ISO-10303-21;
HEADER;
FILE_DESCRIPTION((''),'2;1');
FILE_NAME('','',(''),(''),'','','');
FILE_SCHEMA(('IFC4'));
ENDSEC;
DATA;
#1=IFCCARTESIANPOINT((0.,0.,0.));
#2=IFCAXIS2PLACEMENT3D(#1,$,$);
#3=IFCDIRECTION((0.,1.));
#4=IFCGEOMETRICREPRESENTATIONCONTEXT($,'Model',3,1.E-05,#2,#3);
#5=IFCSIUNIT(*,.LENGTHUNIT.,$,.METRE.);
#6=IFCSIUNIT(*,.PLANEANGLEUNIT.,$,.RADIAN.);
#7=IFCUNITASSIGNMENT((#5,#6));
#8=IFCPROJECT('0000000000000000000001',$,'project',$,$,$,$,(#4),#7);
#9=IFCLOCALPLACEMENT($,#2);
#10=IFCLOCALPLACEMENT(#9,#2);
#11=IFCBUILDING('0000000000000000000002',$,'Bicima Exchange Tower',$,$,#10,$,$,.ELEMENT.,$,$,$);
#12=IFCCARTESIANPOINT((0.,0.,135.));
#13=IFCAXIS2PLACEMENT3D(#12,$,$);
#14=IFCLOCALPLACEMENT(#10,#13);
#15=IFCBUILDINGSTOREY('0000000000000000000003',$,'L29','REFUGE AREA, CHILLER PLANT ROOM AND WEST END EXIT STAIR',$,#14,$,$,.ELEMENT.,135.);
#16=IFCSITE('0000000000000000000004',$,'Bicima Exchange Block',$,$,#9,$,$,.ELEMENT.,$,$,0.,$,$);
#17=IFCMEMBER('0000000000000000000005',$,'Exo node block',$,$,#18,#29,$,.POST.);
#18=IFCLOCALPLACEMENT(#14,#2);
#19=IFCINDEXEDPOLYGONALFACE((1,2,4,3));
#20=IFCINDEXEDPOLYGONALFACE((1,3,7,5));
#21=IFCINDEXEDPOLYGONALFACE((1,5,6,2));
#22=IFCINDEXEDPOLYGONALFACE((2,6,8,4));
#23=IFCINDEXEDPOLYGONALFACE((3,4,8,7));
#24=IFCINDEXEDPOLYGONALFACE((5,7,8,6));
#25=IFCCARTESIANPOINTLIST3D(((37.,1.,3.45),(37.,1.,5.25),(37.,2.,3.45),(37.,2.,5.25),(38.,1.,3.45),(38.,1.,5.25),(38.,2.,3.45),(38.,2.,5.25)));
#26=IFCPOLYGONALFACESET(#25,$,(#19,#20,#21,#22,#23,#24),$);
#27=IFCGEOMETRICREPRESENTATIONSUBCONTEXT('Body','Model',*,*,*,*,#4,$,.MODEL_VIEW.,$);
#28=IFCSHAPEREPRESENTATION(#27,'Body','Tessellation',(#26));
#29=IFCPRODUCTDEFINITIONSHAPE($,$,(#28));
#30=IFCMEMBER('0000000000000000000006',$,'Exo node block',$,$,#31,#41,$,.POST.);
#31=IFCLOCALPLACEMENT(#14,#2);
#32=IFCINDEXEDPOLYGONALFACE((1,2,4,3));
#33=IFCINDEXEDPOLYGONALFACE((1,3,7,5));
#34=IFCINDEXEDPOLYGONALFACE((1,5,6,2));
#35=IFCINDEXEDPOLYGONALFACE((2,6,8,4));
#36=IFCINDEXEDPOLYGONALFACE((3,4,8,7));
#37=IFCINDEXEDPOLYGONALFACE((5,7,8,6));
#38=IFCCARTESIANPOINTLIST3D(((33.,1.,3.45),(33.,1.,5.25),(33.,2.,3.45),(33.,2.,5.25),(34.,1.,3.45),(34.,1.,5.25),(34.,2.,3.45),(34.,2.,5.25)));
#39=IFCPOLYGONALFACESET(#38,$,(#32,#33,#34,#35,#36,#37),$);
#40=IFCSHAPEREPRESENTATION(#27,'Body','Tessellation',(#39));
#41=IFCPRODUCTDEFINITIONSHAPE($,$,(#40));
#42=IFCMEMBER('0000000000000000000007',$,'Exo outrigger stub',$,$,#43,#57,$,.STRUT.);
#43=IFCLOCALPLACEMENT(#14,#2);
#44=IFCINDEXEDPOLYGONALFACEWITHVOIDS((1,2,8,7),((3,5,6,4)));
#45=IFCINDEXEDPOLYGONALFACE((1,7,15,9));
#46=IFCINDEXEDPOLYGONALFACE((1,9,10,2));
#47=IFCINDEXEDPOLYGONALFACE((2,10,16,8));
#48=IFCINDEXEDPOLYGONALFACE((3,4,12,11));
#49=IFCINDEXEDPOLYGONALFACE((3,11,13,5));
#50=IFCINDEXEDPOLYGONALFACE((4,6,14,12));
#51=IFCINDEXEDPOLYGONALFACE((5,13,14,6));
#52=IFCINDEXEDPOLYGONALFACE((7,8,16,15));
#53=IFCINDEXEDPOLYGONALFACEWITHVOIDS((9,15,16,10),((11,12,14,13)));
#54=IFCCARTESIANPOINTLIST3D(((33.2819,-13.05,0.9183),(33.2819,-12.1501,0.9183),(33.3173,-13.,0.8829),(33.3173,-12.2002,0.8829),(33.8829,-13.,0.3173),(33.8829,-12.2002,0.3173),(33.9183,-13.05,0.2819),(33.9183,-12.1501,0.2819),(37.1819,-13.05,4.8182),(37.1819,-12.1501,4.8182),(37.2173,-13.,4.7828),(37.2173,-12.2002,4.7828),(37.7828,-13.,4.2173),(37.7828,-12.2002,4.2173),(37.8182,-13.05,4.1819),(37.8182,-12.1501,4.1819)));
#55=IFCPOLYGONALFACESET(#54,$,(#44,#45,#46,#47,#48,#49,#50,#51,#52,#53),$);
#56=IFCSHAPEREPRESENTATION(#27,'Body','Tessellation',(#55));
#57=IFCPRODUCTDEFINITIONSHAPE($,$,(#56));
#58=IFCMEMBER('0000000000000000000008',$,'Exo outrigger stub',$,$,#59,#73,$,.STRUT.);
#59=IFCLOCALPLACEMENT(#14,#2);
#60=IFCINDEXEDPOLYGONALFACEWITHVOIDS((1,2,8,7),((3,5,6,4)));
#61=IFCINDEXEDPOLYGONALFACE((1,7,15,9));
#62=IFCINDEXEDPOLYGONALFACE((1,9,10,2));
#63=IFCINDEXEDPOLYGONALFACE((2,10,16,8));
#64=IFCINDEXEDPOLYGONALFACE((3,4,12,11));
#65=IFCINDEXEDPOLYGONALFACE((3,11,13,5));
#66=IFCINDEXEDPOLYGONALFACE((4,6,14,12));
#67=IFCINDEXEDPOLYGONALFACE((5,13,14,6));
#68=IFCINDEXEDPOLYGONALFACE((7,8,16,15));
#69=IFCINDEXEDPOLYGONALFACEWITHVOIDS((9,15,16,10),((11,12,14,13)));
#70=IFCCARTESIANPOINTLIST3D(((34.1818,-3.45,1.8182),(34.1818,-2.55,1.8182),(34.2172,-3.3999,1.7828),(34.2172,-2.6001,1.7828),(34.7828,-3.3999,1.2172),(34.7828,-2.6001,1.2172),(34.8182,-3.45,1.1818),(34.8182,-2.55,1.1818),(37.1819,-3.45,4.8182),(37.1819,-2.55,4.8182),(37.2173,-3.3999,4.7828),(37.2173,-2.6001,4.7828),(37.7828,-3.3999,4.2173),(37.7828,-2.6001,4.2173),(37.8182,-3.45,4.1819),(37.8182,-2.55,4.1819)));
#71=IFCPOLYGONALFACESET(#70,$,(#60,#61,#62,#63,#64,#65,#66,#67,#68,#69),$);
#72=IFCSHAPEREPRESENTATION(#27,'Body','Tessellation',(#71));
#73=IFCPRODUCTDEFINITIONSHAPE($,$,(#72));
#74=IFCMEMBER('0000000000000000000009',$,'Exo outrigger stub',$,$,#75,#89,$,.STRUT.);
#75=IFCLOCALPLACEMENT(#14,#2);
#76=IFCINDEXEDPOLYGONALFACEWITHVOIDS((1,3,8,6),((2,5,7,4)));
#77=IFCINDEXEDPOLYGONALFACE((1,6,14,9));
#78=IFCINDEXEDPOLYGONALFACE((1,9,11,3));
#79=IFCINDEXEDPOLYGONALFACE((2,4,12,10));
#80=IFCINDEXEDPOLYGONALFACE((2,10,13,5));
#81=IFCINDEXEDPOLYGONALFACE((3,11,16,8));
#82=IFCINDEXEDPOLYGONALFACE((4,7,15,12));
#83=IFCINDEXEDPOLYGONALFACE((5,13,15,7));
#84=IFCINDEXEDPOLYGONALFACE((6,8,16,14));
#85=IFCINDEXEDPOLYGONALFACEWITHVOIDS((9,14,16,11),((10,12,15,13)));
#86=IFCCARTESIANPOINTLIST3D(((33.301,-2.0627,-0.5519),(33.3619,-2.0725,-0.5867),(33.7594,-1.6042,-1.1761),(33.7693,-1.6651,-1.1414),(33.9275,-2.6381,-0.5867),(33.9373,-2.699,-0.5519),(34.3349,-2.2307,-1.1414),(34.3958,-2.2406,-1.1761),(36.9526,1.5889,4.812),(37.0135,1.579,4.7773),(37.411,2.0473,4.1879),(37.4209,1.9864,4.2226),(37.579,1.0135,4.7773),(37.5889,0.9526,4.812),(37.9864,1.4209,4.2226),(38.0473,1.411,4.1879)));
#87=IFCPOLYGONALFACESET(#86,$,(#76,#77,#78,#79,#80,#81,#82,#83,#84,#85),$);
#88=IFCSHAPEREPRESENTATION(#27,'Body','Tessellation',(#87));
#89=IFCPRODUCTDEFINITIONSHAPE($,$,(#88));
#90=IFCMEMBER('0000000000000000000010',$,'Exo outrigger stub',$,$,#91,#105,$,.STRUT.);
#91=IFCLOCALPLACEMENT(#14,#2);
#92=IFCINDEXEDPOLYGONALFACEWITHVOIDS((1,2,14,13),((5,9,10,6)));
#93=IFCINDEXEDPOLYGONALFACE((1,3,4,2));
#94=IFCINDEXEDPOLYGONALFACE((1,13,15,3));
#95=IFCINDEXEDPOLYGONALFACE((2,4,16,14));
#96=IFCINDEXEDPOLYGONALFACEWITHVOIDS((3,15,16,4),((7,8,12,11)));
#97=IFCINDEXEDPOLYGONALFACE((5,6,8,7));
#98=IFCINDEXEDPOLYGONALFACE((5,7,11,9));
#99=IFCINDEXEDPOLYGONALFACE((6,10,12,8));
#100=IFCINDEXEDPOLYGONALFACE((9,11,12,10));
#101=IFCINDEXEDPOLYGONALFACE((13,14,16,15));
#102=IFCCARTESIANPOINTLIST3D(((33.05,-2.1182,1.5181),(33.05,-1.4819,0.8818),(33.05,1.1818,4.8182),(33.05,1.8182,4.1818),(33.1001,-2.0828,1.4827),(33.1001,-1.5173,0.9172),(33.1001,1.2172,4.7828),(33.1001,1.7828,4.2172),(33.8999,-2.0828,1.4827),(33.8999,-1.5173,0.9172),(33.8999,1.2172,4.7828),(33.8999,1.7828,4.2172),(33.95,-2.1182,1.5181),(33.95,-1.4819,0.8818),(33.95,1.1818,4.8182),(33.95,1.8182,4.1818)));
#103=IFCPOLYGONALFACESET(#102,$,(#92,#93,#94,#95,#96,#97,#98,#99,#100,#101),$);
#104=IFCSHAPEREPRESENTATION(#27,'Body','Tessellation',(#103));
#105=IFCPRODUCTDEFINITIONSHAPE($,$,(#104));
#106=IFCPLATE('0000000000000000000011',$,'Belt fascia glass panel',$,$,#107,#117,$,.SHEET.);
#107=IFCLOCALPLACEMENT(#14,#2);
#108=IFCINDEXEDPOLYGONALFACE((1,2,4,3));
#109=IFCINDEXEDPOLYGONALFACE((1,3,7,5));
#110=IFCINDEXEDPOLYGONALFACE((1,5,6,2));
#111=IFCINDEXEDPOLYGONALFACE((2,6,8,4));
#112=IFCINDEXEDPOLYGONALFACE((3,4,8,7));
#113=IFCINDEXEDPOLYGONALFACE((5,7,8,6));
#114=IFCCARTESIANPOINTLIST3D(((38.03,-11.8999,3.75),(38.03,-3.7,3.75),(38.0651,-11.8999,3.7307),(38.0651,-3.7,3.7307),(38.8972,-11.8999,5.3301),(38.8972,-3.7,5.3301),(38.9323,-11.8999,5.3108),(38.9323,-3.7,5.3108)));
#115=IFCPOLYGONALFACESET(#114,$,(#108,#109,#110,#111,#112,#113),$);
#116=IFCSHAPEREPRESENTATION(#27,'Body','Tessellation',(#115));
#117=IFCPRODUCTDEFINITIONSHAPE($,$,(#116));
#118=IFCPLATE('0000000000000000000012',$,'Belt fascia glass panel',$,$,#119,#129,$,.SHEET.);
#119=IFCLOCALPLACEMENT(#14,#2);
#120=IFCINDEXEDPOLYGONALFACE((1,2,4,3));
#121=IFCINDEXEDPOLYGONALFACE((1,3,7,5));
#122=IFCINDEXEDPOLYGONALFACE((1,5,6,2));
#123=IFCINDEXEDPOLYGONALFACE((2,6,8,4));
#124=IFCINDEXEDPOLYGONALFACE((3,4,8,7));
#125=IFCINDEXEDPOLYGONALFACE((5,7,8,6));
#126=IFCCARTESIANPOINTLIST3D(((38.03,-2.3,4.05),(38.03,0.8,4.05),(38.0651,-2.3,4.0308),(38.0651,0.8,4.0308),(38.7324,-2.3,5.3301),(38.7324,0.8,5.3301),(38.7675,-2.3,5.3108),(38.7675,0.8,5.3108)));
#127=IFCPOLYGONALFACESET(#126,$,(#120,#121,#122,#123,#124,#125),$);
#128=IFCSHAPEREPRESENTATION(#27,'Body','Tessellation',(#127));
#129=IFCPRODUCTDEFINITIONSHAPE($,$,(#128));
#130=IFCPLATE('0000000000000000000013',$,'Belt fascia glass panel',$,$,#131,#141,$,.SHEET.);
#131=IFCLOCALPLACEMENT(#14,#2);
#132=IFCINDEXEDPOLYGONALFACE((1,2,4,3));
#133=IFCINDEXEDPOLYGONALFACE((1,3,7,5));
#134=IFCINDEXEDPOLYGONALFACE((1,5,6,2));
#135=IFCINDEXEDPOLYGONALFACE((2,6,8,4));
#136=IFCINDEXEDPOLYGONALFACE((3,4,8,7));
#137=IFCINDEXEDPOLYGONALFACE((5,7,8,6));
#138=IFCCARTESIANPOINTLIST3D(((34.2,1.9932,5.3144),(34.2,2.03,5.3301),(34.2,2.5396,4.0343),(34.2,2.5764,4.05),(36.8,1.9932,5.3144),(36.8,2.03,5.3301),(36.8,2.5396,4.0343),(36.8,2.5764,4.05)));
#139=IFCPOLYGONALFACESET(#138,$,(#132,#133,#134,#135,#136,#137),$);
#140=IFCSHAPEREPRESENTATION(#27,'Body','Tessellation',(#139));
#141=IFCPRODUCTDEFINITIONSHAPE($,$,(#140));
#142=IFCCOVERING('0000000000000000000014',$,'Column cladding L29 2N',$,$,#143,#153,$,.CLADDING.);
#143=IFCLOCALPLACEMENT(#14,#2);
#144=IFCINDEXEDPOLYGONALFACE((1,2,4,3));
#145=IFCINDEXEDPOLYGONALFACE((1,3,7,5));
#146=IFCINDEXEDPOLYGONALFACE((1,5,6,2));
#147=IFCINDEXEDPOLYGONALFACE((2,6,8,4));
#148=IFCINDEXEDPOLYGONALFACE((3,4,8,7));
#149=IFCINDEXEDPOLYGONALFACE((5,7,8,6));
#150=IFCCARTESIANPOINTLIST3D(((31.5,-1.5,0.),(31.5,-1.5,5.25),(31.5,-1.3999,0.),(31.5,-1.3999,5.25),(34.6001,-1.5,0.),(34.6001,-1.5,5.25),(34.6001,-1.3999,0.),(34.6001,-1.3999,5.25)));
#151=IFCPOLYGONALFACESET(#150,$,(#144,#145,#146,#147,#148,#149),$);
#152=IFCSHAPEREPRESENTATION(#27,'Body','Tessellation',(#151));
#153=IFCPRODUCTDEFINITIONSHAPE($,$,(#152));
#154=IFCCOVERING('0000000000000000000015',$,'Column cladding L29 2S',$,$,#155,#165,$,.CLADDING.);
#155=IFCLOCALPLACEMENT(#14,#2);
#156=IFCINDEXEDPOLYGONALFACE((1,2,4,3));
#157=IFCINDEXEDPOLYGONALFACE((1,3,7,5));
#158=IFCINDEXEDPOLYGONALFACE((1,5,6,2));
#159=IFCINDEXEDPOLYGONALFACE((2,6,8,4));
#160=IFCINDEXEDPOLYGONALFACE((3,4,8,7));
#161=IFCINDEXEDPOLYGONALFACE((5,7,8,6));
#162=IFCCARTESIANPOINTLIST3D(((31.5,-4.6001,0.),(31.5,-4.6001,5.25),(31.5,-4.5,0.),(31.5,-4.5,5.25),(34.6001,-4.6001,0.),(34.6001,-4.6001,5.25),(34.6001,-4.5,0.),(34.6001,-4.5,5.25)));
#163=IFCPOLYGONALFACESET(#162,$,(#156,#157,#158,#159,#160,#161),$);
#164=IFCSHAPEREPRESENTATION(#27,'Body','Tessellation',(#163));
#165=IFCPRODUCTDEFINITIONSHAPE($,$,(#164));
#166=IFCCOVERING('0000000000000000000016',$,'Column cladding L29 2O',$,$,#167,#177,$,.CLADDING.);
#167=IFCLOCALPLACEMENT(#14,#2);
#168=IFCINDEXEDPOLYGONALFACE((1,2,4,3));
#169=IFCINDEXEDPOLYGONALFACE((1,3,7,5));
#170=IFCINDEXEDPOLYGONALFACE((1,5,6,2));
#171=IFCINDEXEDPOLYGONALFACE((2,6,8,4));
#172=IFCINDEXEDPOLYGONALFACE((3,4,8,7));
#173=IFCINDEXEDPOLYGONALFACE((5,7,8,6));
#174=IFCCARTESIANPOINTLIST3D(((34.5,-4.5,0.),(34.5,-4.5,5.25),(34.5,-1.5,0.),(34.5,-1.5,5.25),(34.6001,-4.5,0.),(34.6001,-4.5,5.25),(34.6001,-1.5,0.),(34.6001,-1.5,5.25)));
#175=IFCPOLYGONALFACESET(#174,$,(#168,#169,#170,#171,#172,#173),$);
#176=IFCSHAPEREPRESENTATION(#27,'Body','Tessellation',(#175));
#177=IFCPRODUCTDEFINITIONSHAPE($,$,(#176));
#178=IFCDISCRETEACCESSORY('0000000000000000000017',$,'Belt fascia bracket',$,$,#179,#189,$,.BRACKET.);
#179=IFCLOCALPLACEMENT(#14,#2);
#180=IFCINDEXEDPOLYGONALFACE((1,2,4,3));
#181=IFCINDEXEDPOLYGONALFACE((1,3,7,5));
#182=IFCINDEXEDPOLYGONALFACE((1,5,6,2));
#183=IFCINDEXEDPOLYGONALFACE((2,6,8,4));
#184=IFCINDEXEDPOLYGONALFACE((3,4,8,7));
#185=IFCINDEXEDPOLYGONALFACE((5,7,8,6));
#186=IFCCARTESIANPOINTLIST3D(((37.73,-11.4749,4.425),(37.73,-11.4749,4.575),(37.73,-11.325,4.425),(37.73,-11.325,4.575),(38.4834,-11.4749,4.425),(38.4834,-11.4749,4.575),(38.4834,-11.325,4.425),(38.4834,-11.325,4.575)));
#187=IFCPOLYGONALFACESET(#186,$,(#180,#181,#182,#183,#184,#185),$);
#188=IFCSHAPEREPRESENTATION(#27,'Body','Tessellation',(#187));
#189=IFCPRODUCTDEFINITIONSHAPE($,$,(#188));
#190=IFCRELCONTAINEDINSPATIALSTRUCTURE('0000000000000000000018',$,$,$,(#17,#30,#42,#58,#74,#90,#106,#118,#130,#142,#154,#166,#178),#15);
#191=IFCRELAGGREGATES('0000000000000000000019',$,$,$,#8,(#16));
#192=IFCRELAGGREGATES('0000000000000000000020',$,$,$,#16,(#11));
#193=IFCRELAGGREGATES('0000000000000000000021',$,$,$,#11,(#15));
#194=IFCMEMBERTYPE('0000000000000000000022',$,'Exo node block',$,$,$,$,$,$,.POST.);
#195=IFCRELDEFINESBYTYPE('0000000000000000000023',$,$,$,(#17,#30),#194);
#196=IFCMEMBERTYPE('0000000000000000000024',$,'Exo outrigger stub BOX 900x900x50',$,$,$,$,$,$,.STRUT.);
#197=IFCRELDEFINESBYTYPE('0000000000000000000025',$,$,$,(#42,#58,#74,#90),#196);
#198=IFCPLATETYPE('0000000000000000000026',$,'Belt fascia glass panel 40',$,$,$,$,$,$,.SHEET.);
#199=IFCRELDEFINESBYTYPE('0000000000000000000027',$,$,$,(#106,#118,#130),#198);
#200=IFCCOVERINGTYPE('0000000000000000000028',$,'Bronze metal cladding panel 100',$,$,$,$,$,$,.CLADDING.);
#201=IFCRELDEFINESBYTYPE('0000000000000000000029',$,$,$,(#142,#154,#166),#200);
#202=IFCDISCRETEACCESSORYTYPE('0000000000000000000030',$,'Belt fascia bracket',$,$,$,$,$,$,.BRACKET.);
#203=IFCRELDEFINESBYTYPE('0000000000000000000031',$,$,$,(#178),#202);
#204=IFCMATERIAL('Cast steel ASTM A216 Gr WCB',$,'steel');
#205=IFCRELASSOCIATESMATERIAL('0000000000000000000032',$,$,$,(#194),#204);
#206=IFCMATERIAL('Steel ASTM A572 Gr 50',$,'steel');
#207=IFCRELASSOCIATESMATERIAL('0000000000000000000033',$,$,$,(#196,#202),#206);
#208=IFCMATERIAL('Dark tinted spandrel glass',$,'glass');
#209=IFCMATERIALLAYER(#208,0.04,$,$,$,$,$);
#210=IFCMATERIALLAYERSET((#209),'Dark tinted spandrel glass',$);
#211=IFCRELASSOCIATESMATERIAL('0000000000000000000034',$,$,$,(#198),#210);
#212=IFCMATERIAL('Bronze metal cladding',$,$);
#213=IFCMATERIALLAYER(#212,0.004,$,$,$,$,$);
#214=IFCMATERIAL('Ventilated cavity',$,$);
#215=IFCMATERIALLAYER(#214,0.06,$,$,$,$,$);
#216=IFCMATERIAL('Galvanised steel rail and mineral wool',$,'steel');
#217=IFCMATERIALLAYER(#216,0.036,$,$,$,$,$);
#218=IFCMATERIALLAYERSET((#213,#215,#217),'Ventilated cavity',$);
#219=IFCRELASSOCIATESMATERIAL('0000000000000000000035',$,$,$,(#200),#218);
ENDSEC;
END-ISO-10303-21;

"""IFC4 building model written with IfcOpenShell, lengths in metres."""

from ifc_helpers import new_model, si_unit, direction, frame, origin, origin_2d, place, context, subcontext, project, spatial, polyline, rectangle, hollow_rectangle, outline, extrude, material, layer, layer_set, material_profile, profile_set, type_object, element, save


model = new_model("IFC4")

# Units and contexts
model_context = context("Model", 3, precision=1e-05, world=origin(), true_north=direction((0.0, 1.0)))
body_context = subcontext(model_context, "Body", "Model", "MODEL_VIEW")
ifc_project = project(units=[si_unit("LENGTHUNIT", "METRE"), si_unit("PLANEANGLEUNIT", "RADIAN")], contexts=[model_context])

# Site, building, storey
site_placement = place(None, origin())
site = spatial("IfcSite", under=ifc_project, at=site_placement, Name="Bicima Exchange Block", CompositionType="ELEMENT", RefElevation=0.0)
building_placement = place(site_placement, origin())
building = spatial("IfcBuilding", under=site, at=building_placement, Name="Bicima Exchange Tower", CompositionType="ELEMENT")
storey_placement = place(building_placement, frame((0.0, 0.0, 135.0)))
storey = spatial("IfcBuildingStorey", under=building, at=storey_placement, Name="L29", Description="REFUGE AREA, CHILLER PLANT ROOM AND WEST END EXIT STAIR", CompositionType="ELEMENT", Elevation=135.0)

# Shared definitions
ifc_material_1 = material(Name="Steel ASTM A572 Gr 50", Category="steel")

# Members
ifc_material_2 = material(Name="Cast steel ASTM A216 Gr WCB", Category="steel")
ifc_material_profile_1 = material_profile(ifc_material_2, rectangle(XDim=1.0, YDim=1.0, at=origin_2d()))
ifc_profile_set_1 = profile_set([ifc_material_profile_1], Name="Cast steel ASTM A216 Gr WCB")
member_type_1 = type_object("IfcMemberType", Name="Exo node block", PredefinedType="POST", material=ifc_profile_set_1)
for number, where, z_axis, x_axis, name in (
    (1, (37.5, 1.5, 3.45), (0.0, 0.0, 1.0), (1.0, 0.0, 0.0), "Exo node block"),
    (2, (33.5, 1.5, 3.45), (0.0, 0.0, 1.0), (1.0, 0.0, 0.0), "Exo node block"),
):
    element("IfcMember", number, at=place(storey_placement, frame(where, z_axis=z_axis, x_axis=x_axis)), inside=storey, type_object=member_type_1, Name=name, PredefinedType="POST", context=body_context, shape_type="SweptSolid", body=[
        extrude(rectangle(XDim=1.0, YDim=1.0, at=origin_2d()), origin(), (0.0, 0.0, 1.0), 1.8),
    ])
ifc_material_profile_2 = material_profile(ifc_material_1, hollow_rectangle(XDim=0.8999, YDim=0.8999, WallThickness=0.05, at=origin_2d()))
ifc_profile_set_2 = profile_set([ifc_material_profile_2], Name="Steel ASTM A572 Gr 50")
member_type_2 = type_object("IfcMemberType", Name="Exo outrigger stub BOX 900x900x50", PredefinedType="STRUT", material=ifc_profile_set_2)
member_1_placement = place(storey_placement, frame((33.6001, -12.6001, 0.6001), z_axis=(0.707107, 0.0, 0.707107), x_axis=(0.0, 1.0, 0.0)))
element("IfcMember", 3, at=member_1_placement, inside=storey, type_object=member_type_2, Name="Exo outrigger stub", PredefinedType="STRUT", context=body_context, shape_type="SweptSolid", body=[
    extrude(hollow_rectangle(XDim=0.8999, YDim=0.8999, WallThickness=0.05, at=origin_2d()), origin(), (0.0, 0.0, 1.0), 5.5154),
])
member_2_placement = place(storey_placement, frame((34.5, -3.0, 1.5), z_axis=(0.707107, 0.0, 0.707107), x_axis=(0.0, 1.0, 0.0)))
element("IfcMember", 4, at=member_2_placement, inside=storey, type_object=member_type_2, Name="Exo outrigger stub", PredefinedType="STRUT", context=body_context, shape_type="SweptSolid", body=[
    extrude(hollow_rectangle(XDim=0.8999, YDim=0.8999, WallThickness=0.05, at=origin_2d()), origin(), (0.0, 0.0, 1.0), 4.2427),
])
member_3_placement = place(storey_placement, frame((33.8484, -2.1516, -0.864), z_axis=(0.49042, 0.49042, 0.7204), x_axis=(-0.707107, 0.707107, 0.0)))
element("IfcMember", 5, at=member_3_placement, inside=storey, type_object=member_type_2, Name="Exo outrigger stub", PredefinedType="STRUT", context=body_context, shape_type="SweptSolid", body=[
    extrude(hollow_rectangle(XDim=0.8999, YDim=0.8999, WallThickness=0.05, at=origin_2d()), origin(), (0.0, 0.0, 1.0), 7.4458),
])
member_4_placement = place(storey_placement, frame((33.5, -1.8, 1.2), z_axis=(0.0, 0.707107, 0.707107), x_axis=(-1.0, 0.0, 0.0)))
element("IfcMember", 6, at=member_4_placement, inside=storey, type_object=member_type_2, Name="Exo outrigger stub", PredefinedType="STRUT", context=body_context, shape_type="SweptSolid", body=[
    extrude(hollow_rectangle(XDim=0.8999, YDim=0.8999, WallThickness=0.05, at=origin_2d()), origin(), (0.0, 0.0, 1.0), 4.667),
])

# Plates
ifc_material_3 = material(Name="Dark tinted spandrel glass", Category="glass")
ifc_layer_1 = layer(ifc_material_3, 0.04)
ifc_layer_set_1 = layer_set([ifc_layer_1], Name="Dark tinted spandrel glass")
plate_type = type_object("IfcPlateType", Name="Belt fascia glass panel 40", PredefinedType="SHEET", material=ifc_layer_set_1)
plate_1_placement = place(storey_placement, frame((38.03, -11.8999, 3.75), z_axis=(-0.87665, 0.0, 0.481128), x_axis=(0.0, 1.0, 0.0)))
element("IfcPlate", 7, at=plate_1_placement, inside=storey, type_object=plate_type, Name="Belt fascia glass panel", PredefinedType="SHEET", context=body_context, shape_type="SweptSolid", body=[
    extrude(outline(polyline([(0.0, 0.0), (8.2, 0.0), (8.2, -1.8024), (0.0, -1.8024), (0.0, 0.0)])), origin(), (0.0, 0.0, -1.0), 0.04),
])
plate_2_placement = place(storey_placement, frame((38.03, -2.3, 4.05), z_axis=(-0.876685, 0.0, 0.481065), x_axis=(0.0, 1.0, 0.0)))
element("IfcPlate", 8, at=plate_2_placement, inside=storey, type_object=plate_type, Name="Belt fascia glass panel", PredefinedType="SHEET", context=body_context, shape_type="SweptSolid", body=[
    extrude(outline(polyline([(0.0, 0.0), (3.1001, 0.0), (3.1001, -1.4601), (0.0, -1.4601), (0.0, 0.0)])), origin(), (0.0, 0.0, -1.0), 0.04),
])
plate_3_placement = place(storey_placement, frame((36.8, 2.5764, 4.05), z_axis=(0.0, 0.919716, 0.392585), x_axis=(-1.0, 0.0, 0.0)))
element("IfcPlate", 9, at=plate_3_placement, inside=storey, type_object=plate_type, Name="Belt fascia glass panel", PredefinedType="SHEET", context=body_context, shape_type="SweptSolid", body=[
    extrude(outline(polyline([(0.0, 0.0), (2.6001, 0.0), (2.6001, 1.3918), (0.0, 1.3918), (0.0, 0.0)])), origin(), (0.0, 0.0, -1.0), 0.04),
])

# Coverings
ifc_material_4 = material(Name="Bronze metal cladding")
ifc_layer_2 = layer(ifc_material_4, 0.004)
ifc_material_5 = material(Name="Ventilated cavity")
ifc_layer_3 = layer(ifc_material_5, 0.06)
ifc_material_6 = material(Name="Galvanised steel rail and mineral wool", Category="steel")
ifc_layer_4 = layer(ifc_material_6, 0.036)
ifc_layer_set_2 = layer_set([ifc_layer_2, ifc_layer_3, ifc_layer_4], Name="Ventilated cavity")
covering_type = type_object("IfcCoveringType", Name="Bronze metal cladding panel 100", PredefinedType="CLADDING", material=ifc_layer_set_2)
for number, where, z_axis, x_axis, name in (
    (10, (33.05, -1.45, 0.0), (0.0, 0.0, 1.0), (1.0, 0.0, 0.0), "Column cladding L29 2N"),
    (11, (33.05, -4.55, 0.0), (0.0, 0.0, 1.0), (1.0, 0.0, 0.0), "Column cladding L29 2S"),
):
    element("IfcCovering", number, at=place(storey_placement, frame(where, z_axis=z_axis, x_axis=x_axis)), inside=storey, type_object=covering_type, Name=name, PredefinedType="CLADDING", context=body_context, shape_type="SweptSolid", body=[
        extrude(rectangle(XDim=3.1001, YDim=0.1001, at=origin_2d()), origin(), (0.0, 0.0, 1.0), 5.25),
    ])
covering_placement = place(storey_placement, frame((34.55, -3.0, 0.0), z_axis=(0.0, 0.0, 1.0), x_axis=(1.0, 0.0, 0.0)))
element("IfcCovering", 12, at=covering_placement, inside=storey, type_object=covering_type, Name="Column cladding L29 2O", PredefinedType="CLADDING", context=body_context, shape_type="SweptSolid", body=[
    extrude(rectangle(XDim=0.1001, YDim=3.0, at=origin_2d()), origin(), (0.0, 0.0, 1.0), 5.25),
])

# Discrete accessory
discrete_accessory_type = type_object("IfcDiscreteAccessoryType", Name="Belt fascia bracket", PredefinedType="BRACKET", material=ifc_material_1)
for number, where, z_axis, x_axis, name in (
    (13, (38.1067, -11.3999, 4.425), (0.0, 0.0, 1.0), (0.0, 1.0, 0.0), "Belt fascia bracket"),
):
    element("IfcDiscreteAccessory", number, at=place(storey_placement, frame(where, z_axis=z_axis, x_axis=x_axis)), inside=storey, type_object=discrete_accessory_type, Name=name, PredefinedType="BRACKET", context=body_context, shape_type="SweptSolid", body=[
        extrude(rectangle(XDim=0.1499, YDim=0.7534, at=origin_2d()), origin(), (0.0, 0.0, 1.0), 0.1499),
    ])

save(model, "model.ifc")
